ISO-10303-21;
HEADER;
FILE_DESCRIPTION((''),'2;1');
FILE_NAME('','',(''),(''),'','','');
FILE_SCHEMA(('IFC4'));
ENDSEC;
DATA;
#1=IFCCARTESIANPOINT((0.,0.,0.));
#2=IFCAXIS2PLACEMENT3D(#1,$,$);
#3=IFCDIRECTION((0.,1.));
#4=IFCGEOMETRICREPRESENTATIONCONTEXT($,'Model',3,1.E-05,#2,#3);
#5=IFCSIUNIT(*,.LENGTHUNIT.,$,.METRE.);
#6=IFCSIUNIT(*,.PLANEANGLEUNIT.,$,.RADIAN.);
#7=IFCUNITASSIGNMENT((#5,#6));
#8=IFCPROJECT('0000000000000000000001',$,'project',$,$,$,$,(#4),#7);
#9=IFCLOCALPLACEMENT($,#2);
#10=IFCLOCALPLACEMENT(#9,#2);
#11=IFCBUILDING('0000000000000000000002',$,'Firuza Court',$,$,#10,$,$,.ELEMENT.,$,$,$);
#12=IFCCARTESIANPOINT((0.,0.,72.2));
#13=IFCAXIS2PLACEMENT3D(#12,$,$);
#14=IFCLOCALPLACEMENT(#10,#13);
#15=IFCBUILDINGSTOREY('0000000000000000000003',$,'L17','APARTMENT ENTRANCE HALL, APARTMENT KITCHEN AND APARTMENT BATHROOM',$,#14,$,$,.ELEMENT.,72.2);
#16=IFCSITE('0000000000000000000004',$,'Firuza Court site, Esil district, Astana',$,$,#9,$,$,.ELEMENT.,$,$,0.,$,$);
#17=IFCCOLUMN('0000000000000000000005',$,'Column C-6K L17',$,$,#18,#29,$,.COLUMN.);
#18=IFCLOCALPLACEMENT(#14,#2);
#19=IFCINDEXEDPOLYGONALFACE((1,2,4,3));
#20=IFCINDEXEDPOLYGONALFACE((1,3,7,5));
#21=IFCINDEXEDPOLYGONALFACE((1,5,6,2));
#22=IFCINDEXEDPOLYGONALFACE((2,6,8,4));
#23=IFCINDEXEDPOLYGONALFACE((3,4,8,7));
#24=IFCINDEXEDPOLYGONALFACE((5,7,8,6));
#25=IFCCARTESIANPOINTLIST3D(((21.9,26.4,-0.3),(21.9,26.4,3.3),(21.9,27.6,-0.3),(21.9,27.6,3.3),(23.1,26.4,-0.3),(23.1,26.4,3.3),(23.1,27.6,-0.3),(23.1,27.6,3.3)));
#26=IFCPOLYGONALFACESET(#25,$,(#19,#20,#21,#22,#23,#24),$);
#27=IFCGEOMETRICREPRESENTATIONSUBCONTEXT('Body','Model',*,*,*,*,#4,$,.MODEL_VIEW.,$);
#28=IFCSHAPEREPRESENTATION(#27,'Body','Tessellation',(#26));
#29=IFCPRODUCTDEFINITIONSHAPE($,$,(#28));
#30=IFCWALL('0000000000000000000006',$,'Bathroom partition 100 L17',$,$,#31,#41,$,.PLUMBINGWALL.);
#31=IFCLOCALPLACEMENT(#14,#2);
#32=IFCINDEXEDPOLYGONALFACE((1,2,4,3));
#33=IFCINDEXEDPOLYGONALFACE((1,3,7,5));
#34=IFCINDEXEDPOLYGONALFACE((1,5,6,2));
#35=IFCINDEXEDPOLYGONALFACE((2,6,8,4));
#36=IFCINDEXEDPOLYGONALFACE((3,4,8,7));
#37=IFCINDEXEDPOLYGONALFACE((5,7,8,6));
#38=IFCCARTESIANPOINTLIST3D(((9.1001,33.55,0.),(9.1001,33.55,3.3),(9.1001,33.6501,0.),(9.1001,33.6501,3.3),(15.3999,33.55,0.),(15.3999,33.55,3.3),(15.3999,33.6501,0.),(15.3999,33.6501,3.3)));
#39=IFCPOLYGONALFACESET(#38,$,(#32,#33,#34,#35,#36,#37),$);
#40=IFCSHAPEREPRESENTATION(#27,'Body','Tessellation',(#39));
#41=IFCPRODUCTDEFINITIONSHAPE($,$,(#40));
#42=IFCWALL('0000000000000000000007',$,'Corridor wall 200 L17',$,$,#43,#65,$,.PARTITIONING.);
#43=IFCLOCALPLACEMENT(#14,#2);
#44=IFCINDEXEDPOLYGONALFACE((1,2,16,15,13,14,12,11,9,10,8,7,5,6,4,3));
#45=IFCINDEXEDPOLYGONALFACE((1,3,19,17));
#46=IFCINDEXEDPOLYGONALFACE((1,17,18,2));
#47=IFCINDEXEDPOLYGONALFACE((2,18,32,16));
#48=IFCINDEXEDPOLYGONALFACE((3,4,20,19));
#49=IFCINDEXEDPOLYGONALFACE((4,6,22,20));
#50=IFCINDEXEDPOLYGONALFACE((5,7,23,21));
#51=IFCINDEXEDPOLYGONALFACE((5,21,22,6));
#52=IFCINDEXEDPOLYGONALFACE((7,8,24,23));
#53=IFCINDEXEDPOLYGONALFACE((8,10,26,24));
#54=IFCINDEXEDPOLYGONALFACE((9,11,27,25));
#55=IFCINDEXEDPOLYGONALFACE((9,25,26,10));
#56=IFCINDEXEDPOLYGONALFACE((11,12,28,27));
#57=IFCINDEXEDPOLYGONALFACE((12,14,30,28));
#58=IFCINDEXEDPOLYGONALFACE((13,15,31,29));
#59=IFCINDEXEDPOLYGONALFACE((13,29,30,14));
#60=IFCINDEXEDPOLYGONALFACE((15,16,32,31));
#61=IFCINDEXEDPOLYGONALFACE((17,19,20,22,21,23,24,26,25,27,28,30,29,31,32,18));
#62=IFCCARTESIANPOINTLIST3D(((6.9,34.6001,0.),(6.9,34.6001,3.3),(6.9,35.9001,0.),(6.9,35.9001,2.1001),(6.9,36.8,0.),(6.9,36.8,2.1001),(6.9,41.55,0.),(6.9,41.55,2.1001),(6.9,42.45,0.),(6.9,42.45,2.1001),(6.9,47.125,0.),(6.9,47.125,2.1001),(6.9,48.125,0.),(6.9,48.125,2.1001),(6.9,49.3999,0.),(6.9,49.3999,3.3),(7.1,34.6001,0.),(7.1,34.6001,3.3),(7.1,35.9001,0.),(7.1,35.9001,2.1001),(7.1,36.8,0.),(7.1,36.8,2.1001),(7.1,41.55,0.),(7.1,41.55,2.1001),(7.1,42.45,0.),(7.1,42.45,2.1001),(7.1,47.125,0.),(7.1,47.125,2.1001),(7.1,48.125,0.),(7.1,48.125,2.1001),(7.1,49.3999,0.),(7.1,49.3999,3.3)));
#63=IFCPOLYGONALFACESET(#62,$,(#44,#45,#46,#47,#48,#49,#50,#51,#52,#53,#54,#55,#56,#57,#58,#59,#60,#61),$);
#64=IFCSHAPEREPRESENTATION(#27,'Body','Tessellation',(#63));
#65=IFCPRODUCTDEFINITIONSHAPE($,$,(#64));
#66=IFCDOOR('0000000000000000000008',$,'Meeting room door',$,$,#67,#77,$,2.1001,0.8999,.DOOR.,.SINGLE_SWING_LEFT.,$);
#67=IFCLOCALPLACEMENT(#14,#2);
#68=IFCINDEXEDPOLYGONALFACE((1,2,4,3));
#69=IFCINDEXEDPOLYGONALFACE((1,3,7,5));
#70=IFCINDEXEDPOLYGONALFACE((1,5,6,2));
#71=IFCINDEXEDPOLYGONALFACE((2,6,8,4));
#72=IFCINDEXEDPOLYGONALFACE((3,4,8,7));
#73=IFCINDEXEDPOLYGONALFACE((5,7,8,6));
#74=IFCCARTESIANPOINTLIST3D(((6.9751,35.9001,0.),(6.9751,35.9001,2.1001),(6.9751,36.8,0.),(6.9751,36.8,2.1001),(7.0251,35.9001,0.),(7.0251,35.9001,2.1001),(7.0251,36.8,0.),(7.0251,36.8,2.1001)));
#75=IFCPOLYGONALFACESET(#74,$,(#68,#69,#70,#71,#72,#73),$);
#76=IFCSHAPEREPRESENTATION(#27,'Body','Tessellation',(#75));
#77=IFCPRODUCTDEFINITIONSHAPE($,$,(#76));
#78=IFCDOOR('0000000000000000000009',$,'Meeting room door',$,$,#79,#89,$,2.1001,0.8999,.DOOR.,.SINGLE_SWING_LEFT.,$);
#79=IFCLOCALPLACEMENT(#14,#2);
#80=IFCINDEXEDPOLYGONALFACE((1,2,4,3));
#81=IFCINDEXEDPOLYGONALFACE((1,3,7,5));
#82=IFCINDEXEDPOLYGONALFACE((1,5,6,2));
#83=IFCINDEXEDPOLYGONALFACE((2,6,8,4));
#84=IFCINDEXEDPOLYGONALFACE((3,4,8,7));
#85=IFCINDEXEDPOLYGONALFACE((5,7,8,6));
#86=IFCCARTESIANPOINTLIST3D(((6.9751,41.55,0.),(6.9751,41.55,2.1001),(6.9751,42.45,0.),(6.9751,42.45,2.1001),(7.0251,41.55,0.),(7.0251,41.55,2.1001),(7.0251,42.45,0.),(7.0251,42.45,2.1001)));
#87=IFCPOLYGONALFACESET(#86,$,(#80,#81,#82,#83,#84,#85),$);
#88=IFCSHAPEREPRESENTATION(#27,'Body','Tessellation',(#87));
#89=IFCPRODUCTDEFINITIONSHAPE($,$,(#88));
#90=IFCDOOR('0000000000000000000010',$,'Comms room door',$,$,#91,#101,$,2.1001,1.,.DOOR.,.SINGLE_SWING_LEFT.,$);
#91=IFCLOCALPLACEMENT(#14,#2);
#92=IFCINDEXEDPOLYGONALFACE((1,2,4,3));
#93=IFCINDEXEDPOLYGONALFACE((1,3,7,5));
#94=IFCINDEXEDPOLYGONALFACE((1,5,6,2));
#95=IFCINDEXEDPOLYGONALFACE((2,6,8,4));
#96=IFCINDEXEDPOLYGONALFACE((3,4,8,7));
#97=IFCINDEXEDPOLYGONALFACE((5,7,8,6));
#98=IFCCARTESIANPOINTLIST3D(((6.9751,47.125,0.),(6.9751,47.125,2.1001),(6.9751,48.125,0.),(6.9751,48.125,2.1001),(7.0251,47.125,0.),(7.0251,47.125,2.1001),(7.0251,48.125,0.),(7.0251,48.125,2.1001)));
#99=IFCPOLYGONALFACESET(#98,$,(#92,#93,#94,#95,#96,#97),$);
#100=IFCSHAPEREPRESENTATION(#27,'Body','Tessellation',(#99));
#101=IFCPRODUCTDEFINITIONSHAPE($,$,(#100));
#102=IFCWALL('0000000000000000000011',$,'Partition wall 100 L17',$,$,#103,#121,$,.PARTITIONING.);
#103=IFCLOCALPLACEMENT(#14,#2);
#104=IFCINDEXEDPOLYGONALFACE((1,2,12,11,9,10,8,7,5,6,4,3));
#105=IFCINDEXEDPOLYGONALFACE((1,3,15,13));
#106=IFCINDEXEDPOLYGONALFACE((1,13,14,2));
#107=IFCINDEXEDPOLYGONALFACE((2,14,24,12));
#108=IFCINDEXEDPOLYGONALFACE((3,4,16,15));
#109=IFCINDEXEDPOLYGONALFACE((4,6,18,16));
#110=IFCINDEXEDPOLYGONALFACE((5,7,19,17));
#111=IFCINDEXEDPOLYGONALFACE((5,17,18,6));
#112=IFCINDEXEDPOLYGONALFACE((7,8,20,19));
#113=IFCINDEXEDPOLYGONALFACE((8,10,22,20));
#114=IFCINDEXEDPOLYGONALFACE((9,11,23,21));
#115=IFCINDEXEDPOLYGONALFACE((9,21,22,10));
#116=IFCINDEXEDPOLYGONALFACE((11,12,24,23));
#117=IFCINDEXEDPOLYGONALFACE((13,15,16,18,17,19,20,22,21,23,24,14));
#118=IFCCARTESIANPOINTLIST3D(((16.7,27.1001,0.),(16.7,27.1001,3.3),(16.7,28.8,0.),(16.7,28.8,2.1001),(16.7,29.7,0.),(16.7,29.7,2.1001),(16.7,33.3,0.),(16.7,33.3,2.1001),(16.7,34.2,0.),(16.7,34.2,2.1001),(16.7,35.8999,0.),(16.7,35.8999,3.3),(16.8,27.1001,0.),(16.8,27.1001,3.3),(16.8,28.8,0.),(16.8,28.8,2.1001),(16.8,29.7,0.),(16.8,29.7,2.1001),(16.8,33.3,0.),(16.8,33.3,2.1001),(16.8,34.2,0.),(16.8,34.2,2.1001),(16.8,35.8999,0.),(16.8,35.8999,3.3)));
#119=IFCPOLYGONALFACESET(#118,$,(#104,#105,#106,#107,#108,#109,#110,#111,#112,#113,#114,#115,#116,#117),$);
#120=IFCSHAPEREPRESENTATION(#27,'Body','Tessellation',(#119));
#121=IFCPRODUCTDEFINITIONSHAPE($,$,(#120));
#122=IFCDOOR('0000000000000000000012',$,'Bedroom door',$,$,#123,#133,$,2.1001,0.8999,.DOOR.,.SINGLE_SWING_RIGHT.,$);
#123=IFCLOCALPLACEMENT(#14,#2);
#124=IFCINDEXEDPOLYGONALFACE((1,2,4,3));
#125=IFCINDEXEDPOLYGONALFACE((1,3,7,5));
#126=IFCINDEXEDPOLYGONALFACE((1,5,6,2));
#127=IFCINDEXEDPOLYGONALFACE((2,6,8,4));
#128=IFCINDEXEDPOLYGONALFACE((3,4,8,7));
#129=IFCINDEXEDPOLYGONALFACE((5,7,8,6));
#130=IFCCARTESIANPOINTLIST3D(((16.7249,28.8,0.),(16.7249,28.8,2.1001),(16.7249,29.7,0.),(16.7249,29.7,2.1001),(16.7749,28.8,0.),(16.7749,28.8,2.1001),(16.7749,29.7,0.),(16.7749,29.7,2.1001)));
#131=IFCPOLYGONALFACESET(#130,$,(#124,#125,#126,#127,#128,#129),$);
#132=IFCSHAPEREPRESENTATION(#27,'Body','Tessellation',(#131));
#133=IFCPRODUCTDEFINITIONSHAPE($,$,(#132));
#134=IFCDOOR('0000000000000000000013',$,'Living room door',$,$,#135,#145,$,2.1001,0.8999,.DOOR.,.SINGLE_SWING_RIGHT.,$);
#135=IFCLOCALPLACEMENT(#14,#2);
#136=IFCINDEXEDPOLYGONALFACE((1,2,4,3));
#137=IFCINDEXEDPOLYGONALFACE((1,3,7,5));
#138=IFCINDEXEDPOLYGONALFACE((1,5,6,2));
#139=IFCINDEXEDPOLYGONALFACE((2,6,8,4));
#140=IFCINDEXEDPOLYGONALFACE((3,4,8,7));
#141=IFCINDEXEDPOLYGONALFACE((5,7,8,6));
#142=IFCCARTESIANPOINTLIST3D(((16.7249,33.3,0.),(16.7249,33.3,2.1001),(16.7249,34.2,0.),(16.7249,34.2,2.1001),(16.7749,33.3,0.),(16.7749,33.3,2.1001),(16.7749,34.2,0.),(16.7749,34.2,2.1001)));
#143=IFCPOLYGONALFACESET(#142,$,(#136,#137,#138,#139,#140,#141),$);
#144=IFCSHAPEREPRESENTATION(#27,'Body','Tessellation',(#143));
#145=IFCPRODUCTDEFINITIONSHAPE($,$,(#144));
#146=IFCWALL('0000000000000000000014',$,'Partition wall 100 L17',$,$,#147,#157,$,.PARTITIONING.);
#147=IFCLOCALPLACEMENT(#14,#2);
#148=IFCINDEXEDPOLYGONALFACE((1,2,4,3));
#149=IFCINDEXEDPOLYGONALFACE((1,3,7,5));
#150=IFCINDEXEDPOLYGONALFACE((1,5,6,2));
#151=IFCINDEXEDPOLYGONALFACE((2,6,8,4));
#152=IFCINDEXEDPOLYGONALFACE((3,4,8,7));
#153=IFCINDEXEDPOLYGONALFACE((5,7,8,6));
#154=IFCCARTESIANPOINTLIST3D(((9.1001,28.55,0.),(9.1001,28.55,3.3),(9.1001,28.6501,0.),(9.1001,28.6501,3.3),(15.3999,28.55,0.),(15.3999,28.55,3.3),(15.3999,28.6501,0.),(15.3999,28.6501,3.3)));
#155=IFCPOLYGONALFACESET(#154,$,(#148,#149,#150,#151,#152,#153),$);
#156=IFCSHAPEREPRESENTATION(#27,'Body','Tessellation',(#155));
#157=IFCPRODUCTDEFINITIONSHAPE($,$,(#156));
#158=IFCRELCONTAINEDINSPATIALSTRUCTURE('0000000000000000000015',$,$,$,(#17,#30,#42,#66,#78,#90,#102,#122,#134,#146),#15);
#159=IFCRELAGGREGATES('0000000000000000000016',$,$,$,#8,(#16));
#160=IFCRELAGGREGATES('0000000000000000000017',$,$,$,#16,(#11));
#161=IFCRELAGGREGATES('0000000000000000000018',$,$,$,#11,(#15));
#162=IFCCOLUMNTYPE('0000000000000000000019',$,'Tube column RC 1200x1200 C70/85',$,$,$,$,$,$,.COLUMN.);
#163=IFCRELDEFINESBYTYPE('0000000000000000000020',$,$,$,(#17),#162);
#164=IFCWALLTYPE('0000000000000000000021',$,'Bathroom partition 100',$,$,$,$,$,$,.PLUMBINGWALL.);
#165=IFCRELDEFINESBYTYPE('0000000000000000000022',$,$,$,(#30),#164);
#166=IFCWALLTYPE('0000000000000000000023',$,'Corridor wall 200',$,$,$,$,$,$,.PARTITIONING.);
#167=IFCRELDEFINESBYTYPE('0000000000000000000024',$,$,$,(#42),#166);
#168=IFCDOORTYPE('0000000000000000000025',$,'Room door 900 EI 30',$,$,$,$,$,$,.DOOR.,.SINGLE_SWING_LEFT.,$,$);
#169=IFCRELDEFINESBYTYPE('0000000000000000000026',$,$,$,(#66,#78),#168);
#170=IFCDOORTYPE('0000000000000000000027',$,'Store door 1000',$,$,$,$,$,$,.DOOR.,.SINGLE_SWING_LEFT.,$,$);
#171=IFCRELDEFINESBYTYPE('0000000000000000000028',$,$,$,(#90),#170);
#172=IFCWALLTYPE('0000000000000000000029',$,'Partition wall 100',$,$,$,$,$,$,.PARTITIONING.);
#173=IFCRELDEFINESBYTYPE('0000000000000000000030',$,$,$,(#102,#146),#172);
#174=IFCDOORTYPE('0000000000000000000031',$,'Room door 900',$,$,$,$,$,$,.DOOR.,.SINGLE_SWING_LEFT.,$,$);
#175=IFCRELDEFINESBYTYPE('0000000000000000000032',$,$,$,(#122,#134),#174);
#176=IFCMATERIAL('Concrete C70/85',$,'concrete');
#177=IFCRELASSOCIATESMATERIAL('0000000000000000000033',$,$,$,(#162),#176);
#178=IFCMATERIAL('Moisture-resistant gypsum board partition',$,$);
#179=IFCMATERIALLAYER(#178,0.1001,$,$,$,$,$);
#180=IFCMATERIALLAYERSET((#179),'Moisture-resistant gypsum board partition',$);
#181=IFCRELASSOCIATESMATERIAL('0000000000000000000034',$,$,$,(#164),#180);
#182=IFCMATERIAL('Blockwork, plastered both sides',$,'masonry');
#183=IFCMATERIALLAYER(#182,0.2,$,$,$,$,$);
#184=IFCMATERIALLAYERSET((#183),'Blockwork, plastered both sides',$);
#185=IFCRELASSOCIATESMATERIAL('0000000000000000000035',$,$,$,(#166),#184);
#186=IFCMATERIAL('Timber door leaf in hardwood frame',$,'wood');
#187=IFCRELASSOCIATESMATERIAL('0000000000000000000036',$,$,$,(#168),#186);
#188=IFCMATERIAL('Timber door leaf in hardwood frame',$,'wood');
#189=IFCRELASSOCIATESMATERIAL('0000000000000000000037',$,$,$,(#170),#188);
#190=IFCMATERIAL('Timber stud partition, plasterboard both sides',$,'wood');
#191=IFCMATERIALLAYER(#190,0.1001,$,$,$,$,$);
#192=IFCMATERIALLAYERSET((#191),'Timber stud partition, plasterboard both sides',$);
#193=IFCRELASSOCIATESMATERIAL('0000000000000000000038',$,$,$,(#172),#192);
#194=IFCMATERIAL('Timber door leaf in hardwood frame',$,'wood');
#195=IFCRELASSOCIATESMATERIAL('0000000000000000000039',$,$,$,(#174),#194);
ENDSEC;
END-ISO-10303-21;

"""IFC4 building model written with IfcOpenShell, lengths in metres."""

from ifc_helpers import new_model, si_unit, direction, frame, frame_2d, origin, origin_2d, place, context, subcontext, project, spatial, rectangle, extrude, material, layer, layer_set, material_profile, profile_set, type_object, element, fill, save


model = new_model("IFC4")

# Units and contexts
model_context = context("Model", 3, precision=1e-05, world=origin(), true_north=direction((0.0, 1.0)))
body_context = subcontext(model_context, "Body", "Model", "MODEL_VIEW")
ifc_project = project(units=[si_unit("LENGTHUNIT", "METRE"), si_unit("PLANEANGLEUNIT", "RADIAN")], contexts=[model_context])

# Site, building, storey
site_placement = place(None, origin())
site = spatial("IfcSite", under=ifc_project, at=site_placement, Name="Firuza Court site, Esil district, Astana", CompositionType="ELEMENT", RefElevation=0.0)
building_placement = place(site_placement, origin())
building = spatial("IfcBuilding", under=site, at=building_placement, Name="Firuza Court", CompositionType="ELEMENT")
storey_placement = place(building_placement, frame((0.0, 0.0, 72.2)))
storey = spatial("IfcBuildingStorey", under=building, at=storey_placement, Name="L17", Description="APARTMENT ENTRANCE HALL, APARTMENT KITCHEN AND APARTMENT BATHROOM", CompositionType="ELEMENT", Elevation=72.2)

# Column
ifc_material_1 = material(Name="Concrete C70/85", Category="concrete")
ifc_material_profile = material_profile(ifc_material_1, rectangle(XDim=1.2, YDim=1.2, at=origin_2d()), Name="RC 1200x1200")
ifc_profile_set = profile_set([ifc_material_profile], Name="Concrete C70/85")
column_type = type_object("IfcColumnType", Name="Tube column RC 1200x1200 C70/85", PredefinedType="COLUMN", material=ifc_profile_set)
column_placement = place(storey_placement, frame((22.5, 27.0, -0.3), z_axis=(0.0, 0.0, 1.0), x_axis=(1.0, 0.0, 0.0)))
element("IfcColumn", 1, at=column_placement, inside=storey, type_object=column_type, Name="Column C-6K L17", PredefinedType="COLUMN", context=body_context, shape_type="SweptSolid", body=[
    extrude(rectangle(XDim=1.2, YDim=1.2, at=origin_2d()), origin(), (0.0, 0.0, 1.0), 3.6001),
])

# Wall
ifc_material_2 = material(Name="Moisture-resistant gypsum board partition")
ifc_layer_1 = layer(ifc_material_2, 0.1001)
ifc_layer_set_1 = layer_set([ifc_layer_1], Name="Moisture-resistant gypsum board partition")
wall_type_1 = type_object("IfcWallType", Name="Bathroom partition 100", PredefinedType="PLUMBINGWALL", material=ifc_layer_set_1)
wall_1_placement = place(storey_placement, frame((9.1001, 33.6001, 0.0), z_axis=(0.0, 0.0, 1.0), x_axis=(1.0, 0.0, 0.0)))
element("IfcWall", 2, at=wall_1_placement, inside=storey, type_object=wall_type_1, Name="Bathroom partition 100 L17", PredefinedType="PLUMBINGWALL", context=body_context, shape_type="SweptSolid", body=[
    extrude(rectangle(XDim=6.2998, YDim=0.1001, at=frame_2d((3.1499, 0.0))), origin(), (0.0, 0.0, 1.0), 3.3),
])

# Walls, openings, doors
ifc_material_3 = material(Name="Blockwork, plastered both sides", Category="masonry")
ifc_layer_2 = layer(ifc_material_3, 0.2)
ifc_layer_set_2 = layer_set([ifc_layer_2], Name="Blockwork, plastered both sides")
wall_type_2 = type_object("IfcWallType", Name="Corridor wall 200", PredefinedType="PARTITIONING", material=ifc_layer_set_2)
wall_2_placement = place(storey_placement, frame((7.0, 34.6001, 0.0), z_axis=(0.0, 0.0, 1.0), x_axis=(0.0, 1.0, 0.0)))
wall_2 = element("IfcWall", 3, at=wall_2_placement, inside=storey, type_object=wall_type_2, Name="Corridor wall 200 L17", PredefinedType="PARTITIONING", context=body_context, shape_type="SweptSolid", body=[
    extrude(rectangle(XDim=14.7998, YDim=0.2, at=frame_2d((7.3999, 0.0))), origin(), (0.0, 0.0, 1.0), 3.3),
])
opening_1_placement = place(wall_2_placement, frame((1.3, 0.0, 0.0)))
opening_1 = element("IfcOpeningElement", 4, at=opening_1_placement, cuts=wall_2, PredefinedType="OPENING", context=body_context, shape_type="SweptSolid", body=[
    extrude(rectangle(XDim=0.8999, YDim=2.1001, at=frame_2d((0.45, 1.05))), frame((0.0, 0.1118, 0.0), z_axis=(0.0, -1.0, 0.0), x_axis=(1.0, 0.0, 0.0)), (0.0, 0.0, 1.0), 0.2239),
])
opening_2_placement = place(wall_2_placement, frame((6.95, 0.0, 0.0)))
opening_2 = element("IfcOpeningElement", 5, at=opening_2_placement, cuts=wall_2, PredefinedType="OPENING", context=body_context, shape_type="SweptSolid", body=[
    extrude(rectangle(XDim=0.8999, YDim=2.1001, at=frame_2d((0.45, 1.05))), frame((0.0, 0.1118, 0.0), z_axis=(0.0, -1.0, 0.0), x_axis=(1.0, 0.0, 0.0)), (0.0, 0.0, 1.0), 0.2239),
])
opening_3_placement = place(wall_2_placement, frame((12.5249, 0.0, 0.0)))
opening_3 = element("IfcOpeningElement", 6, at=opening_3_placement, cuts=wall_2, PredefinedType="OPENING", context=body_context, shape_type="SweptSolid", body=[
    extrude(rectangle(XDim=1.0, YDim=2.1001, at=frame_2d((0.5, 1.05))), frame((0.0, 0.1118, 0.0), z_axis=(0.0, -1.0, 0.0), x_axis=(1.0, 0.0, 0.0)), (0.0, 0.0, 1.0), 0.2239),
])
ifc_material_4 = material(Name="Timber door leaf in hardwood frame", Category="wood")
door_type_1 = type_object("IfcDoorType", Name="Room door 900 EI 30", OperationType="SINGLE_SWING_LEFT", PredefinedType="DOOR", material=ifc_material_4)
door_1_placement = place(opening_1_placement, origin())
door_1 = element("IfcDoor", 7, at=door_1_placement, inside=storey, type_object=door_type_1, Name="Meeting room door", OperationType="SINGLE_SWING_LEFT", OverallHeight=2.1001, OverallWidth=0.8999, PredefinedType="DOOR", context=body_context, shape_type="SweptSolid", body=[
    extrude(rectangle(XDim=0.8999, YDim=2.1001, at=frame_2d((0.45, 1.05))), frame((0.0, 0.0249, 0.0), z_axis=(0.0, -1.0, 0.0), x_axis=(1.0, 0.0, 0.0)), (0.0, 0.0, 1.0), 0.05),
])
fill(opening_1, door_1)
door_2_placement = place(opening_2_placement, origin())
door_2 = element("IfcDoor", 8, at=door_2_placement, inside=storey, type_object=door_type_1, Name="Meeting room door", OperationType="SINGLE_SWING_LEFT", OverallHeight=2.1001, OverallWidth=0.8999, PredefinedType="DOOR", context=body_context, shape_type="SweptSolid", body=[
    extrude(rectangle(XDim=0.8999, YDim=2.1001, at=frame_2d((0.45, 1.05))), frame((0.0, 0.0249, 0.0), z_axis=(0.0, -1.0, 0.0), x_axis=(1.0, 0.0, 0.0)), (0.0, 0.0, 1.0), 0.05),
])
fill(opening_2, door_2)
ifc_material_5 = material(Name="Timber door leaf in hardwood frame", Category="wood")
door_type_2 = type_object("IfcDoorType", Name="Store door 1000", OperationType="SINGLE_SWING_LEFT", PredefinedType="DOOR", material=ifc_material_5)
door_3_placement = place(opening_3_placement, origin())
door_3 = element("IfcDoor", 9, at=door_3_placement, inside=storey, type_object=door_type_2, Name="Comms room door", OperationType="SINGLE_SWING_LEFT", OverallHeight=2.1001, OverallWidth=1.0, PredefinedType="DOOR", context=body_context, shape_type="SweptSolid", body=[
    extrude(rectangle(XDim=1.0, YDim=2.1001, at=frame_2d((0.5, 1.05))), frame((0.0, 0.0249, 0.0), z_axis=(0.0, -1.0, 0.0), x_axis=(1.0, 0.0, 0.0)), (0.0, 0.0, 1.0), 0.05),
])
fill(opening_3, door_3)
ifc_material_6 = material(Name="Timber stud partition, plasterboard both sides", Category="wood")
ifc_layer_3 = layer(ifc_material_6, 0.1001)
ifc_layer_set_3 = layer_set([ifc_layer_3], Name="Timber stud partition, plasterboard both sides")
wall_type_3 = type_object("IfcWallType", Name="Partition wall 100", PredefinedType="PARTITIONING", material=ifc_layer_set_3)
wall_3_placement = place(storey_placement, frame((16.75, 27.1001, 0.0), z_axis=(0.0, 0.0, 1.0), x_axis=(0.0, 1.0, 0.0)))
wall_3 = element("IfcWall", 10, at=wall_3_placement, inside=storey, type_object=wall_type_3, Name="Partition wall 100 L17", PredefinedType="PARTITIONING", context=body_context, shape_type="SweptSolid", body=[
    extrude(rectangle(XDim=8.7998, YDim=0.1001, at=frame_2d((4.3999, 0.0))), origin(), (0.0, 0.0, 1.0), 3.3),
])
opening_4_placement = place(wall_3_placement, frame((1.7, 0.0, 0.0)))
opening_4 = element("IfcOpeningElement", 11, at=opening_4_placement, cuts=wall_3, PredefinedType="OPENING", context=body_context, shape_type="SweptSolid", body=[
    extrude(rectangle(XDim=0.8999, YDim=2.1001, at=frame_2d((0.45, 1.05))), frame((0.0, 0.062, 0.0), z_axis=(0.0, -1.0, 0.0), x_axis=(1.0, 0.0, 0.0)), (0.0, 0.0, 1.0), 0.124),
])
opening_5_placement = place(wall_3_placement, frame((6.2, 0.0, 0.0)))
opening_5 = element("IfcOpeningElement", 12, at=opening_5_placement, cuts=wall_3, PredefinedType="OPENING", context=body_context, shape_type="SweptSolid", body=[
    extrude(rectangle(XDim=0.8999, YDim=2.1001, at=frame_2d((0.45, 1.05))), frame((0.0, 0.062, 0.0), z_axis=(0.0, -1.0, 0.0), x_axis=(1.0, 0.0, 0.0)), (0.0, 0.0, 1.0), 0.124),
])
ifc_material_7 = material(Name="Timber door leaf in hardwood frame", Category="wood")
door_type_3 = type_object("IfcDoorType", Name="Room door 900", OperationType="SINGLE_SWING_LEFT", PredefinedType="DOOR", material=ifc_material_7)
door_4_placement = place(opening_4_placement, frame((0.8999, 0.0, 0.0), z_axis=(0.0, 0.0, 1.0), x_axis=(-1.0, 0.0, 0.0)))
door_4 = element("IfcDoor", 13, at=door_4_placement, inside=storey, type_object=door_type_3, Name="Bedroom door", OperationType="SINGLE_SWING_RIGHT", OverallHeight=2.1001, OverallWidth=0.8999, PredefinedType="DOOR", context=body_context, shape_type="SweptSolid", body=[
    extrude(rectangle(XDim=0.8999, YDim=2.1001, at=frame_2d((0.45, 1.05))), frame((0.0, 0.0249, 0.0), z_axis=(0.0, -1.0, 0.0), x_axis=(1.0, 0.0, 0.0)), (0.0, 0.0, 1.0), 0.05),
])
fill(opening_4, door_4)
door_5_placement = place(opening_5_placement, frame((0.8999, 0.0, 0.0), z_axis=(0.0, 0.0, 1.0), x_axis=(-1.0, 0.0, 0.0)))
door_5 = element("IfcDoor", 14, at=door_5_placement, inside=storey, type_object=door_type_3, Name="Living room door", OperationType="SINGLE_SWING_RIGHT", OverallHeight=2.1001, OverallWidth=0.8999, PredefinedType="DOOR", context=body_context, shape_type="SweptSolid", body=[
    extrude(rectangle(XDim=0.8999, YDim=2.1001, at=frame_2d((0.45, 1.05))), frame((0.0, 0.0249, 0.0), z_axis=(0.0, -1.0, 0.0), x_axis=(1.0, 0.0, 0.0)), (0.0, 0.0, 1.0), 0.05),
])
fill(opening_5, door_5)

# Wall
wall_4_placement = place(storey_placement, frame((9.1001, 28.6001, 0.0), z_axis=(0.0, 0.0, 1.0), x_axis=(1.0, 0.0, 0.0)))
element("IfcWall", 15, at=wall_4_placement, inside=storey, type_object=wall_type_3, Name="Partition wall 100 L17", PredefinedType="PARTITIONING", context=body_context, shape_type="SweptSolid", body=[
    extrude(rectangle(XDim=6.2998, YDim=0.1001, at=frame_2d((3.1499, 0.0))), origin(), (0.0, 0.0, 1.0), 3.3),
])

save(model, "model.ifc")
